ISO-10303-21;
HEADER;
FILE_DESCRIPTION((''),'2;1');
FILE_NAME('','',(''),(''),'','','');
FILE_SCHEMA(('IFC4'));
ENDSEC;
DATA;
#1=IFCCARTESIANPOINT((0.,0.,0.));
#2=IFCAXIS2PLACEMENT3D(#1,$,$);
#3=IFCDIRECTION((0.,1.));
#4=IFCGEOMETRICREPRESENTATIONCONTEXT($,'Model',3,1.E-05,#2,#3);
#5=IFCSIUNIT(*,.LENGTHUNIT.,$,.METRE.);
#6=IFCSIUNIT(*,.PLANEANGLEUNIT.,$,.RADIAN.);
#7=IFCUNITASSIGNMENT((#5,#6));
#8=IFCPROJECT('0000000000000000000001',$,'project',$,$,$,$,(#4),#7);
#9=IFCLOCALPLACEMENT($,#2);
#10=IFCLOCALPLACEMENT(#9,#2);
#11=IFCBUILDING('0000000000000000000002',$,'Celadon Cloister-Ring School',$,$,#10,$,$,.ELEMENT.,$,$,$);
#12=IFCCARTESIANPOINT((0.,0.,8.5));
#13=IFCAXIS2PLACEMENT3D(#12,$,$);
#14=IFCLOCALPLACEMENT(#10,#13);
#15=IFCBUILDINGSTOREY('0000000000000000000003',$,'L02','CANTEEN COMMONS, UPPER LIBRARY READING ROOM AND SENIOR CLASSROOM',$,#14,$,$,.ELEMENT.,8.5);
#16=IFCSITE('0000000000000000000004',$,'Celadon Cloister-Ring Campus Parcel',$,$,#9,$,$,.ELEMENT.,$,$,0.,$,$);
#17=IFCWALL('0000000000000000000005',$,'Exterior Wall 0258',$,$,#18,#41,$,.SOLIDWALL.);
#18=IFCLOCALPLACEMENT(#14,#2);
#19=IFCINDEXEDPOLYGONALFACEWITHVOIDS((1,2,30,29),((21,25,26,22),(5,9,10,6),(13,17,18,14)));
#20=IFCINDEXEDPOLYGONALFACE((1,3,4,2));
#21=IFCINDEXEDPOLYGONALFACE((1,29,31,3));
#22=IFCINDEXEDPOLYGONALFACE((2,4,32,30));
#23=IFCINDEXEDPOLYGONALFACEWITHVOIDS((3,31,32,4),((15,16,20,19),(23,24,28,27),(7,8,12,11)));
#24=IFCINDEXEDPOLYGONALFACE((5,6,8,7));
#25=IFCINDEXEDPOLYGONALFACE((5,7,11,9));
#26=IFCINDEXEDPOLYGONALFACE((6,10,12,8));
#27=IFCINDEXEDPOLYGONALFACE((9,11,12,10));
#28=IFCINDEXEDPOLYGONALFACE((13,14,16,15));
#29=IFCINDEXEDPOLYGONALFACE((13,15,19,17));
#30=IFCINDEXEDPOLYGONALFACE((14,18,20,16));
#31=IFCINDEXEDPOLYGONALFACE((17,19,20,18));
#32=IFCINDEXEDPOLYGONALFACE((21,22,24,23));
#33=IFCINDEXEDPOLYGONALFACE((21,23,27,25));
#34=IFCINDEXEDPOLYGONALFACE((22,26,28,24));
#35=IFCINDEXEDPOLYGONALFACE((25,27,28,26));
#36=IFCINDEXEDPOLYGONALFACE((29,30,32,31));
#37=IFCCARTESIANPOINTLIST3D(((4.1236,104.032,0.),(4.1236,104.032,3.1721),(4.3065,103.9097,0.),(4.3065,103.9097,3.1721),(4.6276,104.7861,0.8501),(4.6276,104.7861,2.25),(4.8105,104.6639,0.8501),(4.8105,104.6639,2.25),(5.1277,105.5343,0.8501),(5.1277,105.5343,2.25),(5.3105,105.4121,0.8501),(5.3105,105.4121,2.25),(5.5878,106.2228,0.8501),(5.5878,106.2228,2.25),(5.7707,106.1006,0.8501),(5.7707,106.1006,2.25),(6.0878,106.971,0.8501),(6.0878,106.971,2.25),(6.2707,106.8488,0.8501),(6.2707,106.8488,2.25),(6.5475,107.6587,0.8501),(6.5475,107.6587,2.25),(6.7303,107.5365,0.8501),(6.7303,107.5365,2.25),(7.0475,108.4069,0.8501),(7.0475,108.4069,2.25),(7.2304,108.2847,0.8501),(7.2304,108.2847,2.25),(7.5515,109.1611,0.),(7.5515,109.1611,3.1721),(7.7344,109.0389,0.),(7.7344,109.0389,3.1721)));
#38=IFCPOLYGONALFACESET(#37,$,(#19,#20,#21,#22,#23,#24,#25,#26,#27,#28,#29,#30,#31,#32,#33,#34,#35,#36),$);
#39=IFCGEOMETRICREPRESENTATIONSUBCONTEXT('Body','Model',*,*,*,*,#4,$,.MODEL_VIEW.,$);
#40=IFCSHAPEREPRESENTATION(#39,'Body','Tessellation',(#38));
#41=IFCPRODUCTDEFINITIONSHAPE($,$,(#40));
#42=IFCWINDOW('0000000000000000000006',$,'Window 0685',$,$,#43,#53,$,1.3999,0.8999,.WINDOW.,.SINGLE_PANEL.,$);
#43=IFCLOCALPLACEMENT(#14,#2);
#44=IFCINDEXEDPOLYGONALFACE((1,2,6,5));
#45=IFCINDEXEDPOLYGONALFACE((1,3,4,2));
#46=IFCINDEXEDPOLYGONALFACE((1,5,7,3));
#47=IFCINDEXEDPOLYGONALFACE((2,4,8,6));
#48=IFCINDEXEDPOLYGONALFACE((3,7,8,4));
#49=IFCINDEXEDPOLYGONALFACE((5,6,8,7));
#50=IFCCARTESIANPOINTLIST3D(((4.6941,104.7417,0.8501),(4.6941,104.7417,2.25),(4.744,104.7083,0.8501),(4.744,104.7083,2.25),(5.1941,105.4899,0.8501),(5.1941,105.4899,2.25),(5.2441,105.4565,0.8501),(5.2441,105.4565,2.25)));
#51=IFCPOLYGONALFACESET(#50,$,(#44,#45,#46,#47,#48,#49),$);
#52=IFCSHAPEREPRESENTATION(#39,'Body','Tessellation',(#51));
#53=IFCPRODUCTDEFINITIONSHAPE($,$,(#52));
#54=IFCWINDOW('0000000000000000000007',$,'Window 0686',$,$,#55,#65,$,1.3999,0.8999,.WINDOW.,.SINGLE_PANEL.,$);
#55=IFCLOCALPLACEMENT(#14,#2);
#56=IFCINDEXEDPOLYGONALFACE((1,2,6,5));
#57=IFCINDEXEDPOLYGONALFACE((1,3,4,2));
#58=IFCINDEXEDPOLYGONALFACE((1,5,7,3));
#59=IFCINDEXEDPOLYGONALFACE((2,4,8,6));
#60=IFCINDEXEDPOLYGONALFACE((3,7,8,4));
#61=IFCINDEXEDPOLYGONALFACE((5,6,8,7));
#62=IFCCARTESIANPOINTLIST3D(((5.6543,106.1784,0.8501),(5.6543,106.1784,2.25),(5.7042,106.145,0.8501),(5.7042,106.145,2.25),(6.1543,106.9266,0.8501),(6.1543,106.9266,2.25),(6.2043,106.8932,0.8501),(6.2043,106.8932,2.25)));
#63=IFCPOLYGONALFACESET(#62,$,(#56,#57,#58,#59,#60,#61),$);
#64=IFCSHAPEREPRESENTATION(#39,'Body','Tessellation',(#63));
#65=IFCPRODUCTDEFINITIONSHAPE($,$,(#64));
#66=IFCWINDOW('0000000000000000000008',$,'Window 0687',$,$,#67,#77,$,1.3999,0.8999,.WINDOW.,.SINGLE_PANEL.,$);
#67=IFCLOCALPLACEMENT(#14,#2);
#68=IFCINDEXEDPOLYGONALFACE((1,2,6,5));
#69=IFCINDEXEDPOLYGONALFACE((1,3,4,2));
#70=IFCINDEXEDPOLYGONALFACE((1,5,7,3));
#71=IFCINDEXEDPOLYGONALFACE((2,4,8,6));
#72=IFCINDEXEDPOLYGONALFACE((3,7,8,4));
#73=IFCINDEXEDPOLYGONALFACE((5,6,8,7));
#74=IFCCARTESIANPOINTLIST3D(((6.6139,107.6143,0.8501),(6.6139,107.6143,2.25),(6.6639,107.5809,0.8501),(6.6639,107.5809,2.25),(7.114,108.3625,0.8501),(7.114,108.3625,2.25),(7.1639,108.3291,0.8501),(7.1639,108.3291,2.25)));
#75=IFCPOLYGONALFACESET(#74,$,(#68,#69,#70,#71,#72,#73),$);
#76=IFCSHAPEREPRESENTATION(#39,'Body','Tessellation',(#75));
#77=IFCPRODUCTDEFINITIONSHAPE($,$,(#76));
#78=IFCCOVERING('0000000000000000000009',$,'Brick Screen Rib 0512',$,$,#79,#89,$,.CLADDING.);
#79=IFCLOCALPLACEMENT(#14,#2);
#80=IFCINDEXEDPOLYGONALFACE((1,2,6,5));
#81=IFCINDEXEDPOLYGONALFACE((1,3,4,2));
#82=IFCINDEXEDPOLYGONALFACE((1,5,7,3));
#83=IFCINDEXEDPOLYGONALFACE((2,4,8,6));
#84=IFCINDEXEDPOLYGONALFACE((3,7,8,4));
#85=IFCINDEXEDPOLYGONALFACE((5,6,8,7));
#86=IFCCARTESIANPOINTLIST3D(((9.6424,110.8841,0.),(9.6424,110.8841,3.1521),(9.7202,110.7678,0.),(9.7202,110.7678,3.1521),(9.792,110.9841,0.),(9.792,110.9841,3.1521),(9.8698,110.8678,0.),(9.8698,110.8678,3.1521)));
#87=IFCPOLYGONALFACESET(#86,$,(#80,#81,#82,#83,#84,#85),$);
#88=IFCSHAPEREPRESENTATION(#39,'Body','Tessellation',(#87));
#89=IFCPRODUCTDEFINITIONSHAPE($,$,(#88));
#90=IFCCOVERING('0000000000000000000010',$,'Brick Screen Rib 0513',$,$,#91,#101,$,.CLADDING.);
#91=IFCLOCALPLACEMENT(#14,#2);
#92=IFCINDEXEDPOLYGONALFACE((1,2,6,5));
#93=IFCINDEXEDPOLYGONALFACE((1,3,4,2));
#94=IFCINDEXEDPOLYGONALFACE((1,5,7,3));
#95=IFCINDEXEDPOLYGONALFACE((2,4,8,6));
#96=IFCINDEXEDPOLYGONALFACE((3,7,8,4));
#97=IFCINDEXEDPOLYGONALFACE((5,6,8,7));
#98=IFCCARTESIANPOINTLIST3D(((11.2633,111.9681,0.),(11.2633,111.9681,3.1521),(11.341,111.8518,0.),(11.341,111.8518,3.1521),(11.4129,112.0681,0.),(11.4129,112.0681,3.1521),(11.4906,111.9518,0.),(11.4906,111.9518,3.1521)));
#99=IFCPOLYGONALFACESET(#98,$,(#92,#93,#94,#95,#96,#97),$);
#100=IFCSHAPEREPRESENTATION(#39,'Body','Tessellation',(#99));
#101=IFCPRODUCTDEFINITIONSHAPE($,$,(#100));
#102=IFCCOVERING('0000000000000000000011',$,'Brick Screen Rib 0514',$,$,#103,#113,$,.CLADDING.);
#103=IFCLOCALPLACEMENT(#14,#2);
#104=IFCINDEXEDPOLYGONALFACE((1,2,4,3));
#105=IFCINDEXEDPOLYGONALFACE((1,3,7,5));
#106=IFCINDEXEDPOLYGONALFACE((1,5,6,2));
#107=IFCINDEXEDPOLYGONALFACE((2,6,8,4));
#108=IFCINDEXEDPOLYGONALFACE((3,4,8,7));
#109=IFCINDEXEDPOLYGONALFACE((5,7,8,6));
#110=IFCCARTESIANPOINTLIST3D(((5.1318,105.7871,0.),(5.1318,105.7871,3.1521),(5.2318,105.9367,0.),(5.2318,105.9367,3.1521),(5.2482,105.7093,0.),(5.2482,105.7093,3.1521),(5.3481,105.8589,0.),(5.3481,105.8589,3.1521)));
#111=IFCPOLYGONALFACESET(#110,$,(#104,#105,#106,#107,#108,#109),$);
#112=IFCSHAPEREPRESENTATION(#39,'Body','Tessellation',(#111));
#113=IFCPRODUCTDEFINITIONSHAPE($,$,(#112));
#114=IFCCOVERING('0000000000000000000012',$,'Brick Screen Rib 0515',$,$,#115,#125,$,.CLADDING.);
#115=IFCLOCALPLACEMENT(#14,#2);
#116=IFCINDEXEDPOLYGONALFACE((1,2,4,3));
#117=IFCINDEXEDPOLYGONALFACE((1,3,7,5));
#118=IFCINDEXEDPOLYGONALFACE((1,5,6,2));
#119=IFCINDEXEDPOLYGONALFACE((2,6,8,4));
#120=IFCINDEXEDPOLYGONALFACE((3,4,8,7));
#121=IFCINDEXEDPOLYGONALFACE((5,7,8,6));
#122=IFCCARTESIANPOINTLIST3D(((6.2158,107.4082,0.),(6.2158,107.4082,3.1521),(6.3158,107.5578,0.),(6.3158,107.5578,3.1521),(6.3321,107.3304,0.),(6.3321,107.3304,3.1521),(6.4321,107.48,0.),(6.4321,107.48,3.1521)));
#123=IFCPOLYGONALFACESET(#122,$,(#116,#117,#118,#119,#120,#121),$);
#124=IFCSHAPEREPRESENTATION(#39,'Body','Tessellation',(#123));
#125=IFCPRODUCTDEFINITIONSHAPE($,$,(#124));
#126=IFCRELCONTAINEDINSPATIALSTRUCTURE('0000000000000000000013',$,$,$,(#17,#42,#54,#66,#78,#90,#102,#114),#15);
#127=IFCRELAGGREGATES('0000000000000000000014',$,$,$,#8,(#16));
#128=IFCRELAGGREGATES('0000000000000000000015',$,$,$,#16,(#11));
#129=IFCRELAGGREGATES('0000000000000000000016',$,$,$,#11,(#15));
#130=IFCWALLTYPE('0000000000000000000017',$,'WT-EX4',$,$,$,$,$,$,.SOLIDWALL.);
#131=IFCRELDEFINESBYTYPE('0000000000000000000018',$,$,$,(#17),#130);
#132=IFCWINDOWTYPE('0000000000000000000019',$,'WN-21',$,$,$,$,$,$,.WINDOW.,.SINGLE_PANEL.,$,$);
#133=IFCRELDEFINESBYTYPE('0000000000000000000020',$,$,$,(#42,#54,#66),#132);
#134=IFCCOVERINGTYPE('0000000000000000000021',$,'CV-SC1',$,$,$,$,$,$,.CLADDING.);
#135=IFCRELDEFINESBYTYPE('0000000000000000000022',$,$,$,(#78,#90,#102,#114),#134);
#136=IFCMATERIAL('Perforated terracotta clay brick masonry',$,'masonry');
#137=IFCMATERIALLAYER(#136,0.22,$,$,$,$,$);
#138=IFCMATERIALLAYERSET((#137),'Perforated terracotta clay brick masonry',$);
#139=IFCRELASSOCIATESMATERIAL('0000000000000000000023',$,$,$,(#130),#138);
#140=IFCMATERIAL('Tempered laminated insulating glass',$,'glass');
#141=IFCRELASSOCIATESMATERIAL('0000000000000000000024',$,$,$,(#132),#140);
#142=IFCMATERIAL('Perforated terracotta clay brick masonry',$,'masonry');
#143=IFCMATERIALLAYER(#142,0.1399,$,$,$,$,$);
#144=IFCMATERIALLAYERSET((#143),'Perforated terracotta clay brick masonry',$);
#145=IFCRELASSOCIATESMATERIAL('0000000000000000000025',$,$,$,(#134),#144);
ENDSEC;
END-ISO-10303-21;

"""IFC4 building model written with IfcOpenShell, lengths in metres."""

from ifc_helpers import new_model, si_unit, direction, frame, frame_2d, origin, origin_2d, place, context, subcontext, project, spatial, rectangle, extrude, material, layer, layer_set, type_object, element, fill, save


model = new_model("IFC4")

# Units and contexts
model_context = context("Model", 3, precision=1e-05, world=origin(), true_north=direction((0.0, 1.0)))
body_context = subcontext(model_context, "Body", "Model", "MODEL_VIEW")
ifc_project = project(units=[si_unit("LENGTHUNIT", "METRE"), si_unit("PLANEANGLEUNIT", "RADIAN")], contexts=[model_context])

# Site, building, storey
site_placement = place(None, origin())
site = spatial("IfcSite", under=ifc_project, at=site_placement, Name="Celadon Cloister-Ring Campus Parcel", CompositionType="ELEMENT", RefElevation=0.0)
building_placement = place(site_placement, origin())
building = spatial("IfcBuilding", under=site, at=building_placement, Name="Celadon Cloister-Ring School", CompositionType="ELEMENT")
storey_placement = place(building_placement, frame((0.0, 0.0, 8.5)))
storey = spatial("IfcBuildingStorey", under=building, at=storey_placement, Name="L02", Description="CANTEEN COMMONS, UPPER LIBRARY READING ROOM AND SENIOR CLASSROOM", CompositionType="ELEMENT", Elevation=8.5)

# Wall, openings, windows
ifc_material_1 = material(Name="Perforated terracotta clay brick masonry", Category="masonry")
ifc_layer_1 = layer(ifc_material_1, 0.22)
ifc_layer_set_1 = layer_set([ifc_layer_1], Name="Perforated terracotta clay brick masonry")
wall_type = type_object("IfcWallType", Name="WT-EX4", PredefinedType="SOLIDWALL", material=ifc_layer_set_1)
ifc_material_2 = material(Name="Tempered laminated insulating glass", Category="glass")
window_type = type_object("IfcWindowType", Name="WN-21", PartitioningType="SINGLE_PANEL", PredefinedType="WINDOW", material=ifc_material_2)
wall_1_placement = place(storey_placement, frame((4.2151, 103.9709, 0.0), z_axis=(0.0, 0.0, 1.0), x_axis=(0.555659, 0.83141, 0.0)))
wall_1 = element("IfcWall", 1, at=wall_1_placement, inside=storey, type_object=wall_type, Name="Exterior Wall 0258", PredefinedType="SOLIDWALL", context=body_context, shape_type="SweptSolid", body=[
    extrude(rectangle(XDim=6.1692, YDim=0.22, at=frame_2d((3.0845, 0.0))), origin(), (0.0, 0.0, 1.0), 3.1721),
])
opening_1_placement = place(wall_1_placement, frame((0.907, 0.0, 0.8501)))
opening_1 = element("IfcOpeningElement", 2, at=opening_1_placement, cuts=wall_1, PredefinedType="OPENING", context=body_context, shape_type="SweptSolid", body=[
    extrude(rectangle(XDim=0.8999, YDim=1.3999, at=frame_2d((0.45, 0.7))), frame((0.0, 0.1201, 0.0), z_axis=(0.0, -1.0, 0.0), x_axis=(1.0, 0.0, 0.0)), (0.0, 0.0, 1.0), 0.24),
])
opening_2_placement = place(wall_1_placement, frame((2.635, 0.0, 0.8501)))
opening_2 = element("IfcOpeningElement", 3, at=opening_2_placement, cuts=wall_1, PredefinedType="OPENING", context=body_context, shape_type="SweptSolid", body=[
    extrude(rectangle(XDim=0.8999, YDim=1.3999, at=frame_2d((0.45, 0.7))), frame((0.0, 0.1201, 0.0), z_axis=(0.0, -1.0, 0.0), x_axis=(1.0, 0.0, 0.0)), (0.0, 0.0, 1.0), 0.24),
])
opening_3_placement = place(wall_1_placement, frame((4.3621, 0.0, 0.8501)))
opening_3 = element("IfcOpeningElement", 4, at=opening_3_placement, cuts=wall_1, PredefinedType="OPENING", context=body_context, shape_type="SweptSolid", body=[
    extrude(rectangle(XDim=0.8999, YDim=1.3999, at=frame_2d((0.45, 0.7))), frame((0.0, 0.1201, 0.0), z_axis=(0.0, -1.0, 0.0), x_axis=(1.0, 0.0, 0.0)), (0.0, 0.0, 1.0), 0.24),
])
window_1_placement = place(opening_1_placement, origin())
window_1 = element("IfcWindow", 5, at=window_1_placement, inside=storey, type_object=window_type, Name="Window 0685", OverallHeight=1.3999, OverallWidth=0.8999, PartitioningType="SINGLE_PANEL", PredefinedType="WINDOW", context=body_context, shape_type="SweptSolid", body=[
    extrude(rectangle(XDim=0.8999, YDim=1.3999, at=frame_2d((0.45, 0.7))), frame((0.0, 0.03, 0.0), z_axis=(0.0, -1.0, 0.0), x_axis=(1.0, 0.0, 0.0)), (0.0, 0.0, 1.0), 0.0601),
])
fill(opening_1, window_1)
window_2_placement = place(opening_2_placement, origin())
window_2 = element("IfcWindow", 6, at=window_2_placement, inside=storey, type_object=window_type, Name="Window 0686", OverallHeight=1.3999, OverallWidth=0.8999, PartitioningType="SINGLE_PANEL", PredefinedType="WINDOW", context=body_context, shape_type="SweptSolid", body=[
    extrude(rectangle(XDim=0.8999, YDim=1.3999, at=frame_2d((0.45, 0.7))), frame((0.0, 0.03, 0.0), z_axis=(0.0, -1.0, 0.0), x_axis=(1.0, 0.0, 0.0)), (0.0, 0.0, 1.0), 0.0601),
])
fill(opening_2, window_2)
window_3_placement = place(opening_3_placement, origin())
window_3 = element("IfcWindow", 7, at=window_3_placement, inside=storey, type_object=window_type, Name="Window 0687", OverallHeight=1.3999, OverallWidth=0.8999, PartitioningType="SINGLE_PANEL", PredefinedType="WINDOW", context=body_context, shape_type="SweptSolid", body=[
    extrude(rectangle(XDim=0.8999, YDim=1.3999, at=frame_2d((0.45, 0.7))), frame((0.0, 0.03, 0.0), z_axis=(0.0, -1.0, 0.0), x_axis=(1.0, 0.0, 0.0)), (0.0, 0.0, 1.0), 0.0601),
])
fill(opening_3, window_3)

# Coverings
ifc_material_3 = material(Name="Perforated terracotta clay brick masonry", Category="masonry")
ifc_layer_2 = layer(ifc_material_3, 0.1399)
ifc_layer_set_2 = layer_set([ifc_layer_2], Name="Perforated terracotta clay brick masonry")
covering_type = type_object("IfcCoveringType", Name="CV-SC1", PredefinedType="CLADDING", material=ifc_layer_set_2)
for number, where, z_axis, x_axis, name in (
    (8, (9.7561, 110.876, 0.0), (0.0, 0.0, 1.0), (0.831402, 0.555672, 0.0), "Brick Screen Rib 0512"),
    (9, (11.377, 111.96, 0.0), (0.0, 0.0, 1.0), (0.831402, 0.555672, 0.0), "Brick Screen Rib 0513"),
    (10, (5.24, 105.823, 0.0), (0.0, 0.0, 1.0), (0.555672, 0.831402, 0.0), "Brick Screen Rib 0514"),
    (11, (6.324, 107.4441, 0.0), (0.0, 0.0, 1.0), (0.555672, 0.831402, 0.0), "Brick Screen Rib 0515"),
):
    element("IfcCovering", number, at=place(storey_placement, frame(where, z_axis=z_axis, x_axis=x_axis)), inside=storey, type_object=covering_type, Name=name, PredefinedType="CLADDING", context=body_context, shape_type="SweptSolid", body=[
        extrude(rectangle(XDim=0.1799, YDim=0.1399, at=origin_2d()), origin(), (0.0, 0.0, 1.0), 3.1521),
    ])

save(model, "model.ifc")
